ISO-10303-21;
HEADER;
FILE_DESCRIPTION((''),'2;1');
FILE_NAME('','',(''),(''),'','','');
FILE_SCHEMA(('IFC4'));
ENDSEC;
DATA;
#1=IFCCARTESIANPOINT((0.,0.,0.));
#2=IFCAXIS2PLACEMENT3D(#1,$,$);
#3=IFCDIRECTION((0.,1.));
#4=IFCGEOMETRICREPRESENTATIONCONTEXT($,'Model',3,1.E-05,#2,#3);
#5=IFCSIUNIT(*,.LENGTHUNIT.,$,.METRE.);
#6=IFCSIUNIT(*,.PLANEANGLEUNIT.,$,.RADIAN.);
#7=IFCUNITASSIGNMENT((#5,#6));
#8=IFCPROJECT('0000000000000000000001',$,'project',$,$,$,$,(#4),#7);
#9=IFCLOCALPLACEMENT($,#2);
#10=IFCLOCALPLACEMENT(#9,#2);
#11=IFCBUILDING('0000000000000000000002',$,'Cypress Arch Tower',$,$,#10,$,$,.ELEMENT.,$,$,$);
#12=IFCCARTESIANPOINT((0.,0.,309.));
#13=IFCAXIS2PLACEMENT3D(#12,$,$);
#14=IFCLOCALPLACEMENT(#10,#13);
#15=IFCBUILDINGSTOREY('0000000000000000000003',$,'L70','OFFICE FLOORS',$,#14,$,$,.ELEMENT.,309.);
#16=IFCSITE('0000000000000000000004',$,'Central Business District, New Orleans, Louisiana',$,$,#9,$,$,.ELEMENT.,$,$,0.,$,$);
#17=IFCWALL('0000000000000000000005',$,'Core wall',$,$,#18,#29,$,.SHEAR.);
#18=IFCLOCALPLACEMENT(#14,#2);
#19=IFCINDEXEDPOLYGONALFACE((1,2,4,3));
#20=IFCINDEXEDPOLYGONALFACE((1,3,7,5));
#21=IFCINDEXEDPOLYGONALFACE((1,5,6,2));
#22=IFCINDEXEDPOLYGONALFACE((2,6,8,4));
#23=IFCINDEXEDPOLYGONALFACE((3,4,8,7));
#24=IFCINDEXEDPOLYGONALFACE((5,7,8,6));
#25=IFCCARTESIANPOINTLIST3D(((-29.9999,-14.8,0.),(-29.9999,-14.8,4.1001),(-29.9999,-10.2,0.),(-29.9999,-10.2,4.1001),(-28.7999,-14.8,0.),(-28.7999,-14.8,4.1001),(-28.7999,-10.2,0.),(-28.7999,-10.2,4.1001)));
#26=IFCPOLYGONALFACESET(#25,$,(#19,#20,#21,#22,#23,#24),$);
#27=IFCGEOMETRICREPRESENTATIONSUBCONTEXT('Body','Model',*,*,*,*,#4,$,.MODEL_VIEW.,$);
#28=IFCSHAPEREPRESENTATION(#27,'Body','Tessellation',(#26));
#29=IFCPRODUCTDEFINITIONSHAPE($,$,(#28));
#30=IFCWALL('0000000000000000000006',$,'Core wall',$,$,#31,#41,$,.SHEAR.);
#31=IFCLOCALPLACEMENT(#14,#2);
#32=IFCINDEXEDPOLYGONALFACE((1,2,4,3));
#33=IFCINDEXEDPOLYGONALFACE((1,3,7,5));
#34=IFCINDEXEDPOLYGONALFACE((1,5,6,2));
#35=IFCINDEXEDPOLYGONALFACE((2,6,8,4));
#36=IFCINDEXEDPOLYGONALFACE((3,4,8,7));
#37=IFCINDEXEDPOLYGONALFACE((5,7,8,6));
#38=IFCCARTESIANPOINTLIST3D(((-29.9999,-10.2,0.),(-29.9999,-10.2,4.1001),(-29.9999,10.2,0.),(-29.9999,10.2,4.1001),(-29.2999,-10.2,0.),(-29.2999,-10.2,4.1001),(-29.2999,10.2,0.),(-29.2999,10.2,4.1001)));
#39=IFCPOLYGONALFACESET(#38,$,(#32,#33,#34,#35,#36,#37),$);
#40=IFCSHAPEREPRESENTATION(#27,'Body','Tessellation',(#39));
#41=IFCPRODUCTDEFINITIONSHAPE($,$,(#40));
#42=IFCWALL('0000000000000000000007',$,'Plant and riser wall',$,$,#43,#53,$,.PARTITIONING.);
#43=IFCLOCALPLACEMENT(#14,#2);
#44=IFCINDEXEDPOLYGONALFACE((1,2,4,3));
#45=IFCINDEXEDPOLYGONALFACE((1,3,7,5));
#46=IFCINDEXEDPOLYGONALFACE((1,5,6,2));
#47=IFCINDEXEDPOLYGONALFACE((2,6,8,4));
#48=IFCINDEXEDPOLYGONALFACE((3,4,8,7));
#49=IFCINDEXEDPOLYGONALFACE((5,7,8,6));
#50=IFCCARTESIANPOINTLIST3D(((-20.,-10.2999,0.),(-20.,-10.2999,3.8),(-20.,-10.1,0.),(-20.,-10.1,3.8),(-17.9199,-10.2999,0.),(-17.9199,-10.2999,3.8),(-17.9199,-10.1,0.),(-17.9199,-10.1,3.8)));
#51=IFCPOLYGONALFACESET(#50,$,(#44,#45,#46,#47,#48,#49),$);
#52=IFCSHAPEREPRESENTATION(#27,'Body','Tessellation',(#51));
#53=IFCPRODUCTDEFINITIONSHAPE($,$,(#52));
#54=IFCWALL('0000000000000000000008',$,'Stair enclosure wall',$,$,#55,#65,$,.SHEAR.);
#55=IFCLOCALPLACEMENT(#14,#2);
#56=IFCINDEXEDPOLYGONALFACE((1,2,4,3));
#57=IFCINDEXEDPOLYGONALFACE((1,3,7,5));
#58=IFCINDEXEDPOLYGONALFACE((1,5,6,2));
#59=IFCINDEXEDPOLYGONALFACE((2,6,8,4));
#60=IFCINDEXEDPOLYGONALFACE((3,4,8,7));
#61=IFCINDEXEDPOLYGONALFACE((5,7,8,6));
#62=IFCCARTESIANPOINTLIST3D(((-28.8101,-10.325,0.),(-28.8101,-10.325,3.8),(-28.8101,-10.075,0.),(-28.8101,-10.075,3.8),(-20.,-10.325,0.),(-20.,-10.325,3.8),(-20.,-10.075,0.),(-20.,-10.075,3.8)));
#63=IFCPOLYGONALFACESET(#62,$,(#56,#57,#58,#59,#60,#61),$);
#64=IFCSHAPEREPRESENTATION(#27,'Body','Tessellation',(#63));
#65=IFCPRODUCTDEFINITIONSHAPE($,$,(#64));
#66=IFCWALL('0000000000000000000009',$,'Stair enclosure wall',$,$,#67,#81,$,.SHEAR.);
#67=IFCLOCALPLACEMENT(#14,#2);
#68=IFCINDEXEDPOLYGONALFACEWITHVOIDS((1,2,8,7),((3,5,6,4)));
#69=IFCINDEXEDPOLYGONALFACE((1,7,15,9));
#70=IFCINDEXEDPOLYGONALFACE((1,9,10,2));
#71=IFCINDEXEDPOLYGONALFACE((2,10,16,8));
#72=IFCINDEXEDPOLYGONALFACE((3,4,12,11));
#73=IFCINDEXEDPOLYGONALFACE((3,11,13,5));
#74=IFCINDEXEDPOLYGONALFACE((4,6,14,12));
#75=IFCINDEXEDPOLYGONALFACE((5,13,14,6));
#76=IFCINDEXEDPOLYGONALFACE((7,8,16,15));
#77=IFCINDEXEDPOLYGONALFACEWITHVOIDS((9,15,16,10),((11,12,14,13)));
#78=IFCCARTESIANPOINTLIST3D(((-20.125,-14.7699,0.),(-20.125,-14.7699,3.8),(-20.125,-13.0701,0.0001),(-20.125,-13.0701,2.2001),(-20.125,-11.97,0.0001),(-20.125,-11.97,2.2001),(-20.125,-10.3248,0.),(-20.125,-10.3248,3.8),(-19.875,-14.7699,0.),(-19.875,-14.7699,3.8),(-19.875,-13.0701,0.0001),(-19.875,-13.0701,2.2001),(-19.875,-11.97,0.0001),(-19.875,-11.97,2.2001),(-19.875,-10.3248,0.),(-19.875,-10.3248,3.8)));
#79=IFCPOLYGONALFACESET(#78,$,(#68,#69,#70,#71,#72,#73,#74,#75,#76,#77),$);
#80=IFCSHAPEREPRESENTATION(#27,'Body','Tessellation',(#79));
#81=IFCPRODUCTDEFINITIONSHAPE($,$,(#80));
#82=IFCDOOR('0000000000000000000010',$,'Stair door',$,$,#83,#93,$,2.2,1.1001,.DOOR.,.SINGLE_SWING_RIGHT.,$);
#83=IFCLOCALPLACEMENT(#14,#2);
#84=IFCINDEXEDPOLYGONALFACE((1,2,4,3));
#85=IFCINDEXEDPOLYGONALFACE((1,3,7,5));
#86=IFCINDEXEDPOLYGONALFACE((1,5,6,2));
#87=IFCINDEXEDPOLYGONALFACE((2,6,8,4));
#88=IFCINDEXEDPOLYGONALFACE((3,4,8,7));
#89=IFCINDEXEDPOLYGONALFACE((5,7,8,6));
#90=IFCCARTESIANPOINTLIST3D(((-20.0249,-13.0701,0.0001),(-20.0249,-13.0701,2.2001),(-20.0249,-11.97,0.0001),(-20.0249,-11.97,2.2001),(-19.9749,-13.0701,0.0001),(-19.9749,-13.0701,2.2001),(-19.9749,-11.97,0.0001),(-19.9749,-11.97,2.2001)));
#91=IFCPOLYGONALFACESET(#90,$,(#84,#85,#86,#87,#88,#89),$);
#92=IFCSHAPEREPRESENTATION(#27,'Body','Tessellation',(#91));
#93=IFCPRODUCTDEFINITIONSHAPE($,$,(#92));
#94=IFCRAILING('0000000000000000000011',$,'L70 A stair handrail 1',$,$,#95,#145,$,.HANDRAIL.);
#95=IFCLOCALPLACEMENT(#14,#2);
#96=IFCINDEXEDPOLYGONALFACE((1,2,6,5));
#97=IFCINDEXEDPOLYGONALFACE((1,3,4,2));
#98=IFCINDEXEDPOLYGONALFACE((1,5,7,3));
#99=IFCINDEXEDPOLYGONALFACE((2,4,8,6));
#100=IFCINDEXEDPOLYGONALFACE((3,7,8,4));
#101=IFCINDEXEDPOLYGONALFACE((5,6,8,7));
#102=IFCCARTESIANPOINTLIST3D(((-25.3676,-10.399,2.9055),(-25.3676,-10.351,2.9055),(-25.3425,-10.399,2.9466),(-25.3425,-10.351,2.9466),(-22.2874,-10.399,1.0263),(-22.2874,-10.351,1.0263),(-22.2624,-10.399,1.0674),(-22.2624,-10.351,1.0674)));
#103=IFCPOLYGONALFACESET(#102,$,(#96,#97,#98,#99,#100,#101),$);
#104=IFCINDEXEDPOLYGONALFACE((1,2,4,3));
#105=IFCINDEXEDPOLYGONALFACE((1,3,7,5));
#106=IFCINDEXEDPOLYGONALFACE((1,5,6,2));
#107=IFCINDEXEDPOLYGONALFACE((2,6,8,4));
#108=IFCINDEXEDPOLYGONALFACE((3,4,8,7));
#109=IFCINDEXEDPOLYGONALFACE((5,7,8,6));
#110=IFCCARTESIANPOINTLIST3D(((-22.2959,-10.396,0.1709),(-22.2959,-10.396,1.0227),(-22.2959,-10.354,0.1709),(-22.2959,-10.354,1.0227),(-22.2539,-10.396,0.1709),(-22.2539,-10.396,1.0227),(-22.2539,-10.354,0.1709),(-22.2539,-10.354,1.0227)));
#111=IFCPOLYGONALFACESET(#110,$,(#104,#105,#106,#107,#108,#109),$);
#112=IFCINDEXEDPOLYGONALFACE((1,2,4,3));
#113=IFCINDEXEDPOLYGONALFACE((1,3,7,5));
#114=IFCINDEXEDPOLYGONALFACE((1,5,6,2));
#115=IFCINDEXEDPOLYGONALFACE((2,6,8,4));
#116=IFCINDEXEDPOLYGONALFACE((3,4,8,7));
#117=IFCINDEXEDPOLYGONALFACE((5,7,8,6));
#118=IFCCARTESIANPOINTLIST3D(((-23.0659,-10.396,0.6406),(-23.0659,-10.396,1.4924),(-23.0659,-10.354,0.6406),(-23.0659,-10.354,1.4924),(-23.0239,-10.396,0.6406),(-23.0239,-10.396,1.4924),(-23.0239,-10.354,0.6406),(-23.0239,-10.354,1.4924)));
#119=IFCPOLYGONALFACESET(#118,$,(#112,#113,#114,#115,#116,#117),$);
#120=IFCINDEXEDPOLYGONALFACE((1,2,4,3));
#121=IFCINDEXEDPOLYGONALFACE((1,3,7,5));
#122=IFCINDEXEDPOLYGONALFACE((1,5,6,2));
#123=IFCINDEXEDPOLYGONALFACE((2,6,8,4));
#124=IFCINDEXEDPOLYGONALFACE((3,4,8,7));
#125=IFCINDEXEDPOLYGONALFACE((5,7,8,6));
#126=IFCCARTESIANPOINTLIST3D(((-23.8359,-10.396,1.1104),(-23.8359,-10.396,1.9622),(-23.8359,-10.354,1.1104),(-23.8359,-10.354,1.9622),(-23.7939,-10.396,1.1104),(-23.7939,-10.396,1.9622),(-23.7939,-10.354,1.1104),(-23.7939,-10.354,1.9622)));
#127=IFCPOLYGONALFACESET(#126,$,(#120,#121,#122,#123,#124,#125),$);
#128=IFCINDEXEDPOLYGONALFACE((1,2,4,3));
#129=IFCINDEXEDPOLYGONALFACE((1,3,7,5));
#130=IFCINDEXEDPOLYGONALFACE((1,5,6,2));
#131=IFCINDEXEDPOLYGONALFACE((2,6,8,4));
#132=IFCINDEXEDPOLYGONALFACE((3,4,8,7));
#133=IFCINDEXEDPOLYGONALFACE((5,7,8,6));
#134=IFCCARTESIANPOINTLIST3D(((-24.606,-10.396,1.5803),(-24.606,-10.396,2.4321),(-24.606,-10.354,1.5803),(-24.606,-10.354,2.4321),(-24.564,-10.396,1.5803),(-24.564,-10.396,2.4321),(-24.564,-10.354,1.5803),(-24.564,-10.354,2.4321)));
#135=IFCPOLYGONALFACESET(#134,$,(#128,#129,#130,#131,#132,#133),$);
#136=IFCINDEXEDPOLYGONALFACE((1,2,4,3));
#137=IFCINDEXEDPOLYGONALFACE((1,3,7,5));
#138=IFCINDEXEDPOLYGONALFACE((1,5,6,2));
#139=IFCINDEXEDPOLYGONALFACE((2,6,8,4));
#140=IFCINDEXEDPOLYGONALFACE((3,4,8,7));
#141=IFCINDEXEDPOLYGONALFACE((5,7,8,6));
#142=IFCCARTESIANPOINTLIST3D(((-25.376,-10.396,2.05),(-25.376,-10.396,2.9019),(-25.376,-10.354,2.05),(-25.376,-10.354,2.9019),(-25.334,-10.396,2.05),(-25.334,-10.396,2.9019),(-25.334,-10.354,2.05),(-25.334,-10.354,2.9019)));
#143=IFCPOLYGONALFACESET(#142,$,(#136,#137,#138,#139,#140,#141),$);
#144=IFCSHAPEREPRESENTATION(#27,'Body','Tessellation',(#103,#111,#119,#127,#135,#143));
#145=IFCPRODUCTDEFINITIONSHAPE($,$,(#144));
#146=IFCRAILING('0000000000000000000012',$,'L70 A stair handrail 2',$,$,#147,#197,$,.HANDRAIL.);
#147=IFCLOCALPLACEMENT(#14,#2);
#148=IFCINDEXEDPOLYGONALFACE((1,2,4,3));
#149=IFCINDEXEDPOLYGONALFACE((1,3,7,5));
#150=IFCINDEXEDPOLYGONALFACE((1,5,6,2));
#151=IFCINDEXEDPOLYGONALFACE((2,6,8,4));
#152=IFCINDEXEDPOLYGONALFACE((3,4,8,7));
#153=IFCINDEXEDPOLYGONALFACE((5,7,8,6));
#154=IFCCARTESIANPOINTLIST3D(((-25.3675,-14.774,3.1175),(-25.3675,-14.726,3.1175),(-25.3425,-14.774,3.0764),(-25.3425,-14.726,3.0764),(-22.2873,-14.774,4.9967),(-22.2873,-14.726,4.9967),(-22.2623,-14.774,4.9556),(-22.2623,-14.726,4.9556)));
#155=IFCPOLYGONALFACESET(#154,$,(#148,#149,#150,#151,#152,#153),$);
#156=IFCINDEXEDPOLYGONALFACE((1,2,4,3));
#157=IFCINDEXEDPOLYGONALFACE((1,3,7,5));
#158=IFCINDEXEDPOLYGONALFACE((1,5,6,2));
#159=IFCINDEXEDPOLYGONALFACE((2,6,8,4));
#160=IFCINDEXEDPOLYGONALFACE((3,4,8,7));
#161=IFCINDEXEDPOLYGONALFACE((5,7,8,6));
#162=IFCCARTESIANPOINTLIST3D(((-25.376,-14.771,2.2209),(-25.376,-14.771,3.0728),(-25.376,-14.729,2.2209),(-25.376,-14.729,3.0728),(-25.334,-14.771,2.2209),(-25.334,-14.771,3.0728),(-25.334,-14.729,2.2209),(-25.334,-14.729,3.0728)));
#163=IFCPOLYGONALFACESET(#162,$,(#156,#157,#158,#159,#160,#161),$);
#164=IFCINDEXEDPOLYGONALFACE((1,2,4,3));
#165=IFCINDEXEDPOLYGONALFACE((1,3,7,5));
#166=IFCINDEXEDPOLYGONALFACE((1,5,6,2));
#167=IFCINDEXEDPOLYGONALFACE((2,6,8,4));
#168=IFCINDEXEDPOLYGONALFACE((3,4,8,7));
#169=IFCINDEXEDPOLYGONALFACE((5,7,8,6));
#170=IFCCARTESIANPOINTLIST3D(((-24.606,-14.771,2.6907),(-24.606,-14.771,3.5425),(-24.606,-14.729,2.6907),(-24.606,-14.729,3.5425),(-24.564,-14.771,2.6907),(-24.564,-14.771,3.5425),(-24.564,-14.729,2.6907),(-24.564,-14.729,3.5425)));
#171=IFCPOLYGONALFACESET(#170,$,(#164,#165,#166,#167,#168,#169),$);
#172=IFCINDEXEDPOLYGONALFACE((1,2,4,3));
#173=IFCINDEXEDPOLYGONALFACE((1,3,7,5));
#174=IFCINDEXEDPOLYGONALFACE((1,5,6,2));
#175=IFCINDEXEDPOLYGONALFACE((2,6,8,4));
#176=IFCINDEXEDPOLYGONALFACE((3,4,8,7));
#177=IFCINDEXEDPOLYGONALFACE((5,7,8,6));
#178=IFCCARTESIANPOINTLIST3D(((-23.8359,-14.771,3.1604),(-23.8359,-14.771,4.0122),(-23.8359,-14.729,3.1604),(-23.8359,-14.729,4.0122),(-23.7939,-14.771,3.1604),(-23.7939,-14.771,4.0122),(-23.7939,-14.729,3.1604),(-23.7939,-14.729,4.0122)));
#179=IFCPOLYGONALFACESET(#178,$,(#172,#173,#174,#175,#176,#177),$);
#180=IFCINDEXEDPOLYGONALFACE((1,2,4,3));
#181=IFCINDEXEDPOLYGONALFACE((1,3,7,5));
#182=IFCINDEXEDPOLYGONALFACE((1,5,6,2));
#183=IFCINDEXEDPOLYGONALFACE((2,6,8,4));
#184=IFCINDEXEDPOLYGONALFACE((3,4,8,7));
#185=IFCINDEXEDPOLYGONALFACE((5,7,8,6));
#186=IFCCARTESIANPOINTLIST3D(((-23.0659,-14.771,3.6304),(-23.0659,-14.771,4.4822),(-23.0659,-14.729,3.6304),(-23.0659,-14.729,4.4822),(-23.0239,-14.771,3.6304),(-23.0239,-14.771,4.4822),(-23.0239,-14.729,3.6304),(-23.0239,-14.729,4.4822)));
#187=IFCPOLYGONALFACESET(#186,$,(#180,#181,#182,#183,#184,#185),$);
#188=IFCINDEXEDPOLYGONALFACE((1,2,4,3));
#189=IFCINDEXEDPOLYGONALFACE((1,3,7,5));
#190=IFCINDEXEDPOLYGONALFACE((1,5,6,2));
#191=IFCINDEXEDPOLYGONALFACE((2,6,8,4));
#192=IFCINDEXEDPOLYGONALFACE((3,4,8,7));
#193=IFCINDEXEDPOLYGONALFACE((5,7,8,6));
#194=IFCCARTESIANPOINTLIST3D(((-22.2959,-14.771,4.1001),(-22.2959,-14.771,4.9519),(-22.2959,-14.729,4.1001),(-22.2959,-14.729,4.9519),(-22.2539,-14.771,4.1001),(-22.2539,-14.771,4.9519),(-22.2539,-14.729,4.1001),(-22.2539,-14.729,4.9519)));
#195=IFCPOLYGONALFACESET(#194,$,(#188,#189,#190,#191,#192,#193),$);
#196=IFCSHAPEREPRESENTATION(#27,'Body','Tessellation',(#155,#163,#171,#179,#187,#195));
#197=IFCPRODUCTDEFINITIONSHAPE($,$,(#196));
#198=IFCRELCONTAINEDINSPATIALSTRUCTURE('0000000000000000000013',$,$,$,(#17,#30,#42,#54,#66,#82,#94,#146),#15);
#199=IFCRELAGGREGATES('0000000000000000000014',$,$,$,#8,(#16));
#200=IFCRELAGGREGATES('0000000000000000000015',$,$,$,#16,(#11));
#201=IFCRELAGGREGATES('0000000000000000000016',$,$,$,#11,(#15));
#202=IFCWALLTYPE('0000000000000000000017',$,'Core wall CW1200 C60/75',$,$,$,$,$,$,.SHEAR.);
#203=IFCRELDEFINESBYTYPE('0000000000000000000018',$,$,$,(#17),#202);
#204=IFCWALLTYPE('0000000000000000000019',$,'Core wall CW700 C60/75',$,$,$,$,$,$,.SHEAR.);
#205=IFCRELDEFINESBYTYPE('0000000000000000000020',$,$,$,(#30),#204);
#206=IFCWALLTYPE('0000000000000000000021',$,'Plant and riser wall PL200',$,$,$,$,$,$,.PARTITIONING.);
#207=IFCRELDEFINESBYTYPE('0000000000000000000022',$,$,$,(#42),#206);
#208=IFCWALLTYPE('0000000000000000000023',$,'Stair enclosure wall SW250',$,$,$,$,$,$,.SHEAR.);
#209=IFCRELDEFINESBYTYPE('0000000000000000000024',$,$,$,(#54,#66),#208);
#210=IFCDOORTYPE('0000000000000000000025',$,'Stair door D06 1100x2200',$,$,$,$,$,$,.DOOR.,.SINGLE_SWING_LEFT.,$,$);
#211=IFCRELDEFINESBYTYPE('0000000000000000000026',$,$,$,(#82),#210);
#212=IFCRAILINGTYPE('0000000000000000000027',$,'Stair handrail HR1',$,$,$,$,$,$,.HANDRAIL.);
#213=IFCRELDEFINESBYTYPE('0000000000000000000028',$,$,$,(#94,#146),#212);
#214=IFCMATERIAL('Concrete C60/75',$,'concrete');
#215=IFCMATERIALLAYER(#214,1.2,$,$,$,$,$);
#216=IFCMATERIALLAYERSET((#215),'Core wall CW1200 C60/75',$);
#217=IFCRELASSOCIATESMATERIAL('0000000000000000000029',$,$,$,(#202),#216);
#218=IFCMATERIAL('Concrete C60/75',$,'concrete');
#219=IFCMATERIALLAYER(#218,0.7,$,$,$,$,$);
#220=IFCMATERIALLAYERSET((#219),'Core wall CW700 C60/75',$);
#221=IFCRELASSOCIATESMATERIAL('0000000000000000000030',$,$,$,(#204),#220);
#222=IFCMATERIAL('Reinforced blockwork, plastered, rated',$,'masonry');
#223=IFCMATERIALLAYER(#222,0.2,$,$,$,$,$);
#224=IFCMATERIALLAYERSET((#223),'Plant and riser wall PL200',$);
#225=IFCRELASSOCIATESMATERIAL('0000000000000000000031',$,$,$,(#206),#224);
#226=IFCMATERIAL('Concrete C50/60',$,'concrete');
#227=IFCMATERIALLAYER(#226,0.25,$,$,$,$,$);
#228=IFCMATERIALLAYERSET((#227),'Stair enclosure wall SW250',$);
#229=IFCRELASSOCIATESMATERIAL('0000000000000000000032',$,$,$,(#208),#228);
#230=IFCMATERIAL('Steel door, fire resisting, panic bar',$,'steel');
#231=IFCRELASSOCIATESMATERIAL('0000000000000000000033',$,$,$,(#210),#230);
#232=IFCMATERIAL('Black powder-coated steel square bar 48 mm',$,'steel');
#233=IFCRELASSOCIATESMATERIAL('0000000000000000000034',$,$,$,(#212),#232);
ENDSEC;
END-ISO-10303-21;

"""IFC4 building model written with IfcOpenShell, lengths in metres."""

from ifc_helpers import new_model, si_unit, direction, frame, frame_2d, origin, origin_2d, place, context, subcontext, project, spatial, rectangle, extrude, material, layer, layer_set, type_object, element, fill, save


model = new_model("IFC4")

# Units and contexts
model_context = context("Model", 3, precision=1e-05, world=origin(), true_north=direction((0.0, 1.0)))
body_context = subcontext(model_context, "Body", "Model", "MODEL_VIEW")
ifc_project = project(units=[si_unit("LENGTHUNIT", "METRE"), si_unit("PLANEANGLEUNIT", "RADIAN")], contexts=[model_context])

# Site, building, storey
site_placement = place(None, origin())
site = spatial("IfcSite", under=ifc_project, at=site_placement, Name="Central Business District, New Orleans, Louisiana", CompositionType="ELEMENT", RefElevation=0.0)
building_placement = place(site_placement, origin())
building = spatial("IfcBuilding", under=site, at=building_placement, Name="Cypress Arch Tower", CompositionType="ELEMENT")
storey_placement = place(building_placement, frame((0.0, 0.0, 309.0)))
storey = spatial("IfcBuildingStorey", under=building, at=storey_placement, Name="L70", Description="OFFICE FLOORS", CompositionType="ELEMENT", Elevation=309.0)

# Walls
ifc_material_1 = material(Name="Concrete C60/75", Category="concrete")
ifc_layer_1 = layer(ifc_material_1, 1.2)
ifc_layer_set_1 = layer_set([ifc_layer_1], Name="Core wall CW1200 C60/75")
wall_type_1 = type_object("IfcWallType", Name="Core wall CW1200 C60/75", PredefinedType="SHEAR", material=ifc_layer_set_1)
wall_1_placement = place(storey_placement, frame((-29.3999, -14.8, 0.0), z_axis=(0.0, 0.0, 1.0), x_axis=(0.0, 1.0, 0.0)))
element("IfcWall", 1, at=wall_1_placement, inside=storey, type_object=wall_type_1, Name="Core wall", PredefinedType="SHEAR", context=body_context, shape_type="SweptSolid", body=[
    extrude(rectangle(XDim=4.6001, YDim=1.2, at=frame_2d((2.3, 0.0))), origin(), (0.0, 0.0, 1.0), 4.1001),
])
ifc_material_2 = material(Name="Concrete C60/75", Category="concrete")
ifc_layer_2 = layer(ifc_material_2, 0.7)
ifc_layer_set_2 = layer_set([ifc_layer_2], Name="Core wall CW700 C60/75")
wall_type_2 = type_object("IfcWallType", Name="Core wall CW700 C60/75", PredefinedType="SHEAR", material=ifc_layer_set_2)
wall_2_placement = place(storey_placement, frame((-29.6499, -10.2, 0.0), z_axis=(0.0, 0.0, 1.0), x_axis=(0.0, 1.0, 0.0)))
element("IfcWall", 2, at=wall_2_placement, inside=storey, type_object=wall_type_2, Name="Core wall", PredefinedType="SHEAR", context=body_context, shape_type="SweptSolid", body=[
    extrude(rectangle(XDim=20.3999, YDim=0.7, at=frame_2d((10.2, 0.0))), origin(), (0.0, 0.0, 1.0), 4.1001),
])
ifc_material_3 = material(Name="Reinforced blockwork, plastered, rated", Category="masonry")
ifc_layer_3 = layer(ifc_material_3, 0.2)
ifc_layer_set_3 = layer_set([ifc_layer_3], Name="Plant and riser wall PL200")
wall_type_3 = type_object("IfcWallType", Name="Plant and riser wall PL200", PredefinedType="PARTITIONING", material=ifc_layer_set_3)
wall_3_placement = place(storey_placement, frame((-20.0, -10.2, 0.0), z_axis=(0.0, 0.0, 1.0), x_axis=(1.0, 0.0, 0.0)))
element("IfcWall", 3, at=wall_3_placement, inside=storey, type_object=wall_type_3, Name="Plant and riser wall", PredefinedType="PARTITIONING", context=body_context, shape_type="SweptSolid", body=[
    extrude(rectangle(XDim=2.0801, YDim=0.2, at=frame_2d((1.04, 0.0))), origin(), (0.0, 0.0, 1.0), 3.8),
])
ifc_material_4 = material(Name="Concrete C50/60", Category="concrete")
ifc_layer_4 = layer(ifc_material_4, 0.25)
ifc_layer_set_4 = layer_set([ifc_layer_4], Name="Stair enclosure wall SW250")
wall_type_4 = type_object("IfcWallType", Name="Stair enclosure wall SW250", PredefinedType="SHEAR", material=ifc_layer_set_4)
wall_4_placement = place(storey_placement, frame((-28.8101, -10.2, 0.0), z_axis=(0.0, 0.0, 1.0), x_axis=(1.0, 0.0, 0.0)))
element("IfcWall", 4, at=wall_4_placement, inside=storey, type_object=wall_type_4, Name="Stair enclosure wall", PredefinedType="SHEAR", context=body_context, shape_type="SweptSolid", body=[
    extrude(rectangle(XDim=8.8101, YDim=0.25, at=frame_2d((4.405, 0.0))), origin(), (0.0, 0.0, 1.0), 3.8),
])

# Wall, opening, door
wall_5_placement = place(storey_placement, frame((-20.0, -14.77, 0.0), z_axis=(0.0, 0.0, 1.0), x_axis=(0.0, 1.0, 0.0)))
wall_5 = element("IfcWall", 5, at=wall_5_placement, inside=storey, type_object=wall_type_4, Name="Stair enclosure wall", PredefinedType="SHEAR", context=body_context, shape_type="SweptSolid", body=[
    extrude(rectangle(XDim=4.4451, YDim=0.25, at=frame_2d((2.2227, 0.0))), origin(), (0.0, 0.0, 1.0), 3.8),
])
opening_1_placement = place(wall_5_placement, frame((1.7, 0.0, 0.0)))
opening_1 = element("IfcOpeningElement", 6, at=opening_1_placement, cuts=wall_5, PredefinedType="OPENING", context=body_context, shape_type="SweptSolid", body=[
    extrude(rectangle(XDim=1.1001, YDim=2.2, at=frame_2d((0.55, 1.1001))), frame((0.0, 0.135, 0.0), z_axis=(0.0, -1.0, 0.0), x_axis=(1.0, 0.0, 0.0)), (0.0, 0.0, 1.0), 0.27),
])
ifc_material_5 = material(Name="Steel door, fire resisting, panic bar", Category="steel")
door_type = type_object("IfcDoorType", Name="Stair door D06 1100x2200", OperationType="SINGLE_SWING_LEFT", PredefinedType="DOOR", material=ifc_material_5)
door_placement = place(opening_1_placement, origin())
door = element("IfcDoor", 7, at=door_placement, inside=storey, type_object=door_type, Name="Stair door", OperationType="SINGLE_SWING_RIGHT", OverallHeight=2.2, OverallWidth=1.1001, PredefinedType="DOOR", context=body_context, shape_type="SweptSolid", body=[
    extrude(rectangle(XDim=1.1001, YDim=2.2, at=frame_2d((0.55, 1.1001))), frame((0.0, 0.0249, 0.0), z_axis=(0.0, -1.0, 0.0), x_axis=(1.0, 0.0, 0.0)), (0.0, 0.0, 1.0), 0.05),
])
fill(opening_1, door)

# Railings
ifc_material_6 = material(Name="Black powder-coated steel square bar 48 mm", Category="steel")
railing_type_1 = type_object("IfcRailingType", Name="Stair handrail HR1", PredefinedType="HANDRAIL", material=ifc_material_6)
railing_1_placement = place(storey_placement, frame((-22.2749, -10.375, 0.1709)))
element("IfcRailing", 8, at=railing_1_placement, inside=storey, type_object=railing_type_1, Name="L70 A stair handrail 1", PredefinedType="HANDRAIL", context=body_context, shape_type="SweptSolid", body=[
    extrude(rectangle(XDim=0.0481, YDim=0.0481, at=origin_2d()), frame((0.0, 0.0, 0.876), z_axis=(-0.853666, 0.0, 0.52082), x_axis=(0.0, -1.0, 0.0)), (0.0, 0.0, 1.0), 3.6082),
    extrude(rectangle(XDim=0.042, YDim=0.042, at=origin_2d()), origin(), (0.0, 0.0, 1.0), 0.8518),
    extrude(rectangle(XDim=0.042, YDim=0.042, at=origin_2d()), frame((-0.77, 0.0, 0.4697)), (0.0, 0.0, 1.0), 0.8518),
    extrude(rectangle(XDim=0.042, YDim=0.042, at=origin_2d()), frame((-1.54, 0.0, 0.9395)), (0.0, 0.0, 1.0), 0.8518),
    extrude(rectangle(XDim=0.042, YDim=0.042, at=origin_2d()), frame((-2.3101, 0.0, 1.4094)), (0.0, 0.0, 1.0), 0.8518),
    extrude(rectangle(XDim=0.042, YDim=0.042, at=origin_2d()), frame((-3.0801, 0.0, 1.8792)), (0.0, 0.0, 1.0), 0.8518),
])
railing_2_placement = place(storey_placement, frame((-25.355, -14.75, 2.2209)))
element("IfcRailing", 9, at=railing_2_placement, inside=storey, type_object=railing_type_1, Name="L70 A stair handrail 2", PredefinedType="HANDRAIL", context=body_context, shape_type="SweptSolid", body=[
    extrude(rectangle(XDim=0.0481, YDim=0.0481, at=origin_2d()), frame((0.0, 0.0, 0.876), z_axis=(0.853666, 0.0, 0.52082), x_axis=(0.0, 1.0, 0.0)), (0.0, 0.0, 1.0), 3.6082),
    extrude(rectangle(XDim=0.042, YDim=0.042, at=origin_2d()), origin(), (0.0, 0.0, 1.0), 0.8518),
    extrude(rectangle(XDim=0.042, YDim=0.042, at=origin_2d()), frame((0.77, 0.0, 0.4697)), (0.0, 0.0, 1.0), 0.8518),
    extrude(rectangle(XDim=0.042, YDim=0.042, at=origin_2d()), frame((1.54, 0.0, 0.9395)), (0.0, 0.0, 1.0), 0.8518),
    extrude(rectangle(XDim=0.042, YDim=0.042, at=origin_2d()), frame((2.3101, 0.0, 1.4094)), (0.0, 0.0, 1.0), 0.8518),
    extrude(rectangle(XDim=0.042, YDim=0.042, at=origin_2d()), frame((3.0801, 0.0, 1.8792)), (0.0, 0.0, 1.0), 0.8518),
])

save(model, "model.ifc")
